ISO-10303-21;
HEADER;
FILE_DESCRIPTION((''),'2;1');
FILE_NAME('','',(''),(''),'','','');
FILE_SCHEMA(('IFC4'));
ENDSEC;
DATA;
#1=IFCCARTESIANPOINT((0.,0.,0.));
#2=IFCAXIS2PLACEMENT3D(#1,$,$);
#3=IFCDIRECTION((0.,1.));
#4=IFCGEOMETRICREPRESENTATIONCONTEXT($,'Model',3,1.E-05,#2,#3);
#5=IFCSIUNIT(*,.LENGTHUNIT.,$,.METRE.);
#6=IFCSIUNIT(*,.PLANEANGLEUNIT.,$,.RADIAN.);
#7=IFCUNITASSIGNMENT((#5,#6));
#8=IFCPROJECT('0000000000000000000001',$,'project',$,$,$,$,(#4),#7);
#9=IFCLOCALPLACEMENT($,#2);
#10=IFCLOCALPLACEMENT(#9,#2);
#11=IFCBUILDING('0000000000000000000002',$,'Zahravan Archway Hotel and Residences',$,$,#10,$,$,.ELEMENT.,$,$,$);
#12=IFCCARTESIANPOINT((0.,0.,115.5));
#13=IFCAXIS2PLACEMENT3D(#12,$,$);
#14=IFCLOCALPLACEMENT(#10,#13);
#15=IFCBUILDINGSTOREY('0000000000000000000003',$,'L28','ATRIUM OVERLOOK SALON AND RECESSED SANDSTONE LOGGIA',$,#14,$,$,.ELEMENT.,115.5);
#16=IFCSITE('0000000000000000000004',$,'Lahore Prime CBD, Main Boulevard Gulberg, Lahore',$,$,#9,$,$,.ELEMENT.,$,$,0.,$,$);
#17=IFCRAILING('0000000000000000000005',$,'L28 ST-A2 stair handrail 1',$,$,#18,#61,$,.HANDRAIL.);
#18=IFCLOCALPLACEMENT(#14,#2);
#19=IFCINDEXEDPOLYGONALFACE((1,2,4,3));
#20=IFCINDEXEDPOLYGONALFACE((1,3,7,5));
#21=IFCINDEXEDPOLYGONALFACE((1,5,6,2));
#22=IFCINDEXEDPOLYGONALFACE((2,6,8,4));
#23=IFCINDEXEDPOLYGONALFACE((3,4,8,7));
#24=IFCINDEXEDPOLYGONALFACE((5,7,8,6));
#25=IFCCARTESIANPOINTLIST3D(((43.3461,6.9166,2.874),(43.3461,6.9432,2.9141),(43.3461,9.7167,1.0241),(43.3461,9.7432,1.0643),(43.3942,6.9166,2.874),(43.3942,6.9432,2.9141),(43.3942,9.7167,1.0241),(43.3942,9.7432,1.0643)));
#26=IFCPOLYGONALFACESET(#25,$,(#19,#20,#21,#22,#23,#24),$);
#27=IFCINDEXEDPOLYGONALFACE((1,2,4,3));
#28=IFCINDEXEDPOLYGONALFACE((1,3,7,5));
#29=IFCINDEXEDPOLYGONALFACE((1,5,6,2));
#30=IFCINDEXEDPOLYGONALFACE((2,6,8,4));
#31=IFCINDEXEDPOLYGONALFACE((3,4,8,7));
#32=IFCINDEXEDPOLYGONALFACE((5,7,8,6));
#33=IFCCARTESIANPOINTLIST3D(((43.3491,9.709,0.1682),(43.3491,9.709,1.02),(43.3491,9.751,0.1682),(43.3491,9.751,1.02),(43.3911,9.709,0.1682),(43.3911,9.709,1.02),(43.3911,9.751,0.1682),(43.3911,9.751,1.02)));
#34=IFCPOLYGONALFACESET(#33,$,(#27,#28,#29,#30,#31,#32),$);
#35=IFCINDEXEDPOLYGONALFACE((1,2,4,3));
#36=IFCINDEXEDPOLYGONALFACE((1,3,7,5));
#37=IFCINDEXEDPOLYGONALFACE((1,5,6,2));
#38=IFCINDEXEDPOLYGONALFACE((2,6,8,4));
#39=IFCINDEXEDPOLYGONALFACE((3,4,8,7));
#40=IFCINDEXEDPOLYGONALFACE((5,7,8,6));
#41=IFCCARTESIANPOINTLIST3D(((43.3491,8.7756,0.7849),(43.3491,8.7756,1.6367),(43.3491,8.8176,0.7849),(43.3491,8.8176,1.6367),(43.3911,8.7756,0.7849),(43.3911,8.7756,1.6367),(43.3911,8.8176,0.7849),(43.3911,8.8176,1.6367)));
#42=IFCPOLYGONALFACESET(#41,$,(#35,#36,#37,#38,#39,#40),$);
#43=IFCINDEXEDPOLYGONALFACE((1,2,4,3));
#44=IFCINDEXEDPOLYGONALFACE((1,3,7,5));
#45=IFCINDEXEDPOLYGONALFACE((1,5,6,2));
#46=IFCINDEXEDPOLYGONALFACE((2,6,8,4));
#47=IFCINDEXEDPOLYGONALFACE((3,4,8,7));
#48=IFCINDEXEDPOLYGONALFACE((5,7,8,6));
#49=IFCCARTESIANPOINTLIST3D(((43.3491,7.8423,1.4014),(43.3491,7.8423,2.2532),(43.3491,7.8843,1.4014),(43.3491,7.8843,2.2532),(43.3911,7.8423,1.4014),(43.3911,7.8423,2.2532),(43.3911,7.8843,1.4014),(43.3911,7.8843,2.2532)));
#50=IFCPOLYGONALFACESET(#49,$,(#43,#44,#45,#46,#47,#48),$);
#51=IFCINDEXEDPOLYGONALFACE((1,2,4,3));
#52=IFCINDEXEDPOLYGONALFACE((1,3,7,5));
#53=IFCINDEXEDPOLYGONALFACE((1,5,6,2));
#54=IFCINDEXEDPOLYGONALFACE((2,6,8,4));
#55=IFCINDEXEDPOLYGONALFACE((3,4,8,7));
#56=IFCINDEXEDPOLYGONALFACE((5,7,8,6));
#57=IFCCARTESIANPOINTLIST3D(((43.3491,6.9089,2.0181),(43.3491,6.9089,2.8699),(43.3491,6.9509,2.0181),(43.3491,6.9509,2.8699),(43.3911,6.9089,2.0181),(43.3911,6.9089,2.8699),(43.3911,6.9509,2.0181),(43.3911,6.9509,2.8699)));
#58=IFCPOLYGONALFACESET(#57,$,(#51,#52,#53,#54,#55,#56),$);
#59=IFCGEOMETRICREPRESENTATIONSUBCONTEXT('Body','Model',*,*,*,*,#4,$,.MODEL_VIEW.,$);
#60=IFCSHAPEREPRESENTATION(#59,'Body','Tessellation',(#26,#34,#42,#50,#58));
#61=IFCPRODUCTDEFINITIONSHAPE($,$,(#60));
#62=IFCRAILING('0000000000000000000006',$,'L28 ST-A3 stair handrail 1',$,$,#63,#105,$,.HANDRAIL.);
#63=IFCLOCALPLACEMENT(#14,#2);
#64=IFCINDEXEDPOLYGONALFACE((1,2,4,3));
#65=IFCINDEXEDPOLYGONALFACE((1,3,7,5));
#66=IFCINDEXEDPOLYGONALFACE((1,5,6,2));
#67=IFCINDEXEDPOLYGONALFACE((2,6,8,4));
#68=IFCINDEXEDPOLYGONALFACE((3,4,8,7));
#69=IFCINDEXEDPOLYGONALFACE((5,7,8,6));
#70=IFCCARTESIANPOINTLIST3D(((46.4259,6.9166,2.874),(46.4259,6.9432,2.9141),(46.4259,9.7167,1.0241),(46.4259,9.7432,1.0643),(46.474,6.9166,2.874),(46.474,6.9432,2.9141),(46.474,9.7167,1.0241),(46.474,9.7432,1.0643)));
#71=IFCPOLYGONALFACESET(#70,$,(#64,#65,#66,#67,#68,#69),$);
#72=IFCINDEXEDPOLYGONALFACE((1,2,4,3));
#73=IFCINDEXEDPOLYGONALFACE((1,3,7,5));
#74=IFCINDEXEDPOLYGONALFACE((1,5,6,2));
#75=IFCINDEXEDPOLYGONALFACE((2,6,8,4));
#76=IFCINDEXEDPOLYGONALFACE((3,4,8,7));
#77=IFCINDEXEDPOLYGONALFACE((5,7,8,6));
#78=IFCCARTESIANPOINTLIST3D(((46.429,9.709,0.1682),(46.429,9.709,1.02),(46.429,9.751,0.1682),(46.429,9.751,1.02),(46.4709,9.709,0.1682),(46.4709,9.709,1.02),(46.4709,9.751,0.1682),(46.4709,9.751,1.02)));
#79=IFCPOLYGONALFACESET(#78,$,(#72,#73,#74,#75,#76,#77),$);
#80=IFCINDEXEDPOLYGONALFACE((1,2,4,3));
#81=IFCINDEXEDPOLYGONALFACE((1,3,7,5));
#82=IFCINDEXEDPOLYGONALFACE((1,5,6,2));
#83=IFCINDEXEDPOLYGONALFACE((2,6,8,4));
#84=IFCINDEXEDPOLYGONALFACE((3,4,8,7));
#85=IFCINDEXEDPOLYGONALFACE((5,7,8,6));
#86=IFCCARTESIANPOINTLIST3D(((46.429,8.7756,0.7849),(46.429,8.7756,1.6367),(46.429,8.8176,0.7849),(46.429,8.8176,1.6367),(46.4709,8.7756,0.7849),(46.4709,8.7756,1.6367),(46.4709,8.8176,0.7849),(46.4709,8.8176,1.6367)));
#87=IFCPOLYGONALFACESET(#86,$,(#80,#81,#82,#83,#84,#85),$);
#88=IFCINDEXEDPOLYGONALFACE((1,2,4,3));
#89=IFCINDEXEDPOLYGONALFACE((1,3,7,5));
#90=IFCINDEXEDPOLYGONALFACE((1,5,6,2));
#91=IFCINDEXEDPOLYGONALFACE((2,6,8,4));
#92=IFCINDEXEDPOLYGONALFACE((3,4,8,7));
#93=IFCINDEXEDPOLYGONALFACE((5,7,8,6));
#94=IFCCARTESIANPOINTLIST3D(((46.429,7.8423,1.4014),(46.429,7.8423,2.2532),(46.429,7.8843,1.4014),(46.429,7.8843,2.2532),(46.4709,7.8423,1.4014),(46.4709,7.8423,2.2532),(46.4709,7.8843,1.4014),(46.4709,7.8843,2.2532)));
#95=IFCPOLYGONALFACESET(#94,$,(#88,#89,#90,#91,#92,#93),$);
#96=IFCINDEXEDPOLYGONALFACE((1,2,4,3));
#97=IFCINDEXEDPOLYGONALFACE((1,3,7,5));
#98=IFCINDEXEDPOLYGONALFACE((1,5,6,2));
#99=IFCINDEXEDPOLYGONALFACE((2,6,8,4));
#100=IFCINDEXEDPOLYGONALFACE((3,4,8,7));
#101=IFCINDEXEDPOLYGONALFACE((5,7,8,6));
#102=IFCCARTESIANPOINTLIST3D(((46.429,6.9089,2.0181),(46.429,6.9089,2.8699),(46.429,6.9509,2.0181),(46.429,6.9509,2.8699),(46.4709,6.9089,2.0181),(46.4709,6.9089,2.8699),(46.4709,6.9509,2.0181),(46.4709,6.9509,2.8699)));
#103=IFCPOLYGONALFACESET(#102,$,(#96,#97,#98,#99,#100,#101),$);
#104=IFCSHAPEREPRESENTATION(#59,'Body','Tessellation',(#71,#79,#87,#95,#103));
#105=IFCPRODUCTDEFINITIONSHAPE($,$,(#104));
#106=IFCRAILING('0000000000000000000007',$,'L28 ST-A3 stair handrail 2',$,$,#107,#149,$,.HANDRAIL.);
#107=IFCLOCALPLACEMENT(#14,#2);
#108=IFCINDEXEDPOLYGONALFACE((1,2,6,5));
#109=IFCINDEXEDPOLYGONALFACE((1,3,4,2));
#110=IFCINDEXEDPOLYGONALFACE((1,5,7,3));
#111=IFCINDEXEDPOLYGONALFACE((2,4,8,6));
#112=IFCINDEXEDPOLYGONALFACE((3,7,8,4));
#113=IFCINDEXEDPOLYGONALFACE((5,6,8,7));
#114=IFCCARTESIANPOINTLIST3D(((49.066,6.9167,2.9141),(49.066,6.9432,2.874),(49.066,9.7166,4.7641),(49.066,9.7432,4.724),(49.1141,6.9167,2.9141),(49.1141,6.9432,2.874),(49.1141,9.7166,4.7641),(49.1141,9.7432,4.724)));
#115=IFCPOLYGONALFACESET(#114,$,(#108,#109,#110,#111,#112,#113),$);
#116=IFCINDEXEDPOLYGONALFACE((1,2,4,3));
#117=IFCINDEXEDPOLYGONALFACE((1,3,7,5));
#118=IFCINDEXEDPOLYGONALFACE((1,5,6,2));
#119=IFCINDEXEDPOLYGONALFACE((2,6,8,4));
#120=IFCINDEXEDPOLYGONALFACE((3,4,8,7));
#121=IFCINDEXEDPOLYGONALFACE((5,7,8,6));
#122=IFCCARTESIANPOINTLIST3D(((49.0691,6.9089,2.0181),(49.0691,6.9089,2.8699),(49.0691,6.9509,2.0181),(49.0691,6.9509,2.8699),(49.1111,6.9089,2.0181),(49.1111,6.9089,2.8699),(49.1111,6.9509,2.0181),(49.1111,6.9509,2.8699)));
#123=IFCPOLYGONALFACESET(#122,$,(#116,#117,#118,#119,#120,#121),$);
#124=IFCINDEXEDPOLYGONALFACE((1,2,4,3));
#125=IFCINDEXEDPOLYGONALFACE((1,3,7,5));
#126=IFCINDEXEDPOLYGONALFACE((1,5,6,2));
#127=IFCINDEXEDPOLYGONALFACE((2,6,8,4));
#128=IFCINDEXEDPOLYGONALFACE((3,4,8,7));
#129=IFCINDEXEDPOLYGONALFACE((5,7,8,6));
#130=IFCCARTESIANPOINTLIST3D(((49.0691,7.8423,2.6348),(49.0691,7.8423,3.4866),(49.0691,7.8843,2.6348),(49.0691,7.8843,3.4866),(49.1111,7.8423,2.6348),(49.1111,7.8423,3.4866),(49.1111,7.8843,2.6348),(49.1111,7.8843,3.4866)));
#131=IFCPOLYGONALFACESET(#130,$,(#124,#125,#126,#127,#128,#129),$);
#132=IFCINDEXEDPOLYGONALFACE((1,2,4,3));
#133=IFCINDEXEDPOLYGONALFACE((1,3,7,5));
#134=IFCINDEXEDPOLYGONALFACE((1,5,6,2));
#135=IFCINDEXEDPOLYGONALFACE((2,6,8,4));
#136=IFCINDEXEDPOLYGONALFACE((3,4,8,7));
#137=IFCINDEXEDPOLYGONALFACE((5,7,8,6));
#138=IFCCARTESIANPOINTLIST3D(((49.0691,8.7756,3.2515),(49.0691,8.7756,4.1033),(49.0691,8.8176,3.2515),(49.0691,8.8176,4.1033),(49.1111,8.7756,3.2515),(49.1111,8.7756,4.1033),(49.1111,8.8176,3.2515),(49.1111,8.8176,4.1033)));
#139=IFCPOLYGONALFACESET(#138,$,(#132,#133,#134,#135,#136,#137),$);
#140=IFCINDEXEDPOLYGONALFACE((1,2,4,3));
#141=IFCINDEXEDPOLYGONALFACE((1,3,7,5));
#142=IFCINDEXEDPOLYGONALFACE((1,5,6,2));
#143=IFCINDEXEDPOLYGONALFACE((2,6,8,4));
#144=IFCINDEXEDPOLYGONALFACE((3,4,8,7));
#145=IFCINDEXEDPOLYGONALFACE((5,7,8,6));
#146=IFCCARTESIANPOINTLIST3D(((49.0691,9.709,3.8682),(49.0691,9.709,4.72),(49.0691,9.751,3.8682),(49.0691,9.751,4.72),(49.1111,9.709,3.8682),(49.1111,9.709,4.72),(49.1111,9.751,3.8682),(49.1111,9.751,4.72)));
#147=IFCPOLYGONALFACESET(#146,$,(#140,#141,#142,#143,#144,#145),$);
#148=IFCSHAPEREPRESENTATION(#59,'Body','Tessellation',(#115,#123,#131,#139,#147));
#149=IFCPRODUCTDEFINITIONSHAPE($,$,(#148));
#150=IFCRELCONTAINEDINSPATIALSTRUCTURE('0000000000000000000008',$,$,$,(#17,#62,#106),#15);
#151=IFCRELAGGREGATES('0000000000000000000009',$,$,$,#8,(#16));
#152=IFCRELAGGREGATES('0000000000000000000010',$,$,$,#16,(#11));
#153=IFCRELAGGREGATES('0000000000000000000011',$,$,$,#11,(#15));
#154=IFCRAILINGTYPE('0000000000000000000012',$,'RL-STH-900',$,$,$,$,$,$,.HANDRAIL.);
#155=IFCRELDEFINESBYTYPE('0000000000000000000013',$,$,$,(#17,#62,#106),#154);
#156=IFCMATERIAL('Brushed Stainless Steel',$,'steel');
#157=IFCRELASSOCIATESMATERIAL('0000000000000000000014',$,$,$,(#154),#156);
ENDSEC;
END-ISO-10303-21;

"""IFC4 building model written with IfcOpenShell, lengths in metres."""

from ifc_helpers import new_model, si_unit, direction, frame, origin, origin_2d, place, context, subcontext, project, spatial, rectangle, extrude, material, type_object, element, save


model = new_model("IFC4")

# Units and contexts
model_context = context("Model", 3, precision=1e-05, world=origin(), true_north=direction((0.0, 1.0)))
body_context = subcontext(model_context, "Body", "Model", "MODEL_VIEW")
ifc_project = project(units=[si_unit("LENGTHUNIT", "METRE"), si_unit("PLANEANGLEUNIT", "RADIAN")], contexts=[model_context])

# Site, building, storey
site_placement = place(None, origin())
site = spatial("IfcSite", under=ifc_project, at=site_placement, Name="Lahore Prime CBD, Main Boulevard Gulberg, Lahore", CompositionType="ELEMENT", RefElevation=0.0)
building_placement = place(site_placement, origin())
building = spatial("IfcBuilding", under=site, at=building_placement, Name="Zahravan Archway Hotel and Residences", CompositionType="ELEMENT")
storey_placement = place(building_placement, frame((0.0, 0.0, 115.5)))
storey = spatial("IfcBuildingStorey", under=building, at=storey_placement, Name="L28", Description="ATRIUM OVERLOOK SALON AND RECESSED SANDSTONE LOGGIA", CompositionType="ELEMENT", Elevation=115.5)

# Railings
ifc_material_1 = material(Name="Brushed Stainless Steel", Category="steel")
railing_type_1 = type_object("IfcRailingType", Name="RL-STH-900", PredefinedType="HANDRAIL", material=ifc_material_1)
for number, where, name in (
    (1, (43.3701, 9.73, 0.1682), "L28 ST-A2 stair handrail 1"),
    (2, (46.45, 9.73, 0.1682), "L28 ST-A3 stair handrail 1"),
):
    element("IfcRailing", number, at=place(storey_placement, frame(where)), inside=storey, type_object=railing_type_1, Name=name, PredefinedType="HANDRAIL", context=body_context, shape_type="SweptSolid", body=[
        extrude(rectangle(XDim=0.0481, YDim=0.0481, at=origin_2d()), frame((0.0, 0.0, 0.876), z_axis=(0.0, -0.83436, 0.55122), x_axis=(1.0, 0.0, 0.0)), (0.0, 0.0, 1.0), 3.356),
        extrude(rectangle(XDim=0.042, YDim=0.042, at=origin_2d()), origin(), (0.0, 0.0, 1.0), 0.8518),
        extrude(rectangle(XDim=0.042, YDim=0.042, at=origin_2d()), frame((0.0, -0.9333, 0.6167)), (0.0, 0.0, 1.0), 0.8518),
        extrude(rectangle(XDim=0.042, YDim=0.042, at=origin_2d()), frame((0.0, -1.8667, 1.2332)), (0.0, 0.0, 1.0), 0.8518),
        extrude(rectangle(XDim=0.042, YDim=0.042, at=origin_2d()), frame((0.0, -2.8, 1.8499)), (0.0, 0.0, 1.0), 0.8518),
    ])
railing_1_placement = place(storey_placement, frame((49.0901, 6.9299, 2.0181)))
element("IfcRailing", 3, at=railing_1_placement, inside=storey, type_object=railing_type_1, Name="L28 ST-A3 stair handrail 2", PredefinedType="HANDRAIL", context=body_context, shape_type="SweptSolid", body=[
    extrude(rectangle(XDim=0.0481, YDim=0.0481, at=origin_2d()), frame((0.0, 0.0, 0.876), z_axis=(0.0, 0.834326, 0.551271), x_axis=(-1.0, 0.0, 0.0)), (0.0, 0.0, 1.0), 3.356),
    extrude(rectangle(XDim=0.042, YDim=0.042, at=origin_2d()), origin(), (0.0, 0.0, 1.0), 0.8518),
    extrude(rectangle(XDim=0.042, YDim=0.042, at=origin_2d()), frame((0.0, 0.9333, 0.6167)), (0.0, 0.0, 1.0), 0.8518),
    extrude(rectangle(XDim=0.042, YDim=0.042, at=origin_2d()), frame((0.0, 1.8667, 1.2334)), (0.0, 0.0, 1.0), 0.8518),
    extrude(rectangle(XDim=0.042, YDim=0.042, at=origin_2d()), frame((0.0, 2.8, 1.8501)), (0.0, 0.0, 1.0), 0.8518),
])

save(model, "model.ifc")
